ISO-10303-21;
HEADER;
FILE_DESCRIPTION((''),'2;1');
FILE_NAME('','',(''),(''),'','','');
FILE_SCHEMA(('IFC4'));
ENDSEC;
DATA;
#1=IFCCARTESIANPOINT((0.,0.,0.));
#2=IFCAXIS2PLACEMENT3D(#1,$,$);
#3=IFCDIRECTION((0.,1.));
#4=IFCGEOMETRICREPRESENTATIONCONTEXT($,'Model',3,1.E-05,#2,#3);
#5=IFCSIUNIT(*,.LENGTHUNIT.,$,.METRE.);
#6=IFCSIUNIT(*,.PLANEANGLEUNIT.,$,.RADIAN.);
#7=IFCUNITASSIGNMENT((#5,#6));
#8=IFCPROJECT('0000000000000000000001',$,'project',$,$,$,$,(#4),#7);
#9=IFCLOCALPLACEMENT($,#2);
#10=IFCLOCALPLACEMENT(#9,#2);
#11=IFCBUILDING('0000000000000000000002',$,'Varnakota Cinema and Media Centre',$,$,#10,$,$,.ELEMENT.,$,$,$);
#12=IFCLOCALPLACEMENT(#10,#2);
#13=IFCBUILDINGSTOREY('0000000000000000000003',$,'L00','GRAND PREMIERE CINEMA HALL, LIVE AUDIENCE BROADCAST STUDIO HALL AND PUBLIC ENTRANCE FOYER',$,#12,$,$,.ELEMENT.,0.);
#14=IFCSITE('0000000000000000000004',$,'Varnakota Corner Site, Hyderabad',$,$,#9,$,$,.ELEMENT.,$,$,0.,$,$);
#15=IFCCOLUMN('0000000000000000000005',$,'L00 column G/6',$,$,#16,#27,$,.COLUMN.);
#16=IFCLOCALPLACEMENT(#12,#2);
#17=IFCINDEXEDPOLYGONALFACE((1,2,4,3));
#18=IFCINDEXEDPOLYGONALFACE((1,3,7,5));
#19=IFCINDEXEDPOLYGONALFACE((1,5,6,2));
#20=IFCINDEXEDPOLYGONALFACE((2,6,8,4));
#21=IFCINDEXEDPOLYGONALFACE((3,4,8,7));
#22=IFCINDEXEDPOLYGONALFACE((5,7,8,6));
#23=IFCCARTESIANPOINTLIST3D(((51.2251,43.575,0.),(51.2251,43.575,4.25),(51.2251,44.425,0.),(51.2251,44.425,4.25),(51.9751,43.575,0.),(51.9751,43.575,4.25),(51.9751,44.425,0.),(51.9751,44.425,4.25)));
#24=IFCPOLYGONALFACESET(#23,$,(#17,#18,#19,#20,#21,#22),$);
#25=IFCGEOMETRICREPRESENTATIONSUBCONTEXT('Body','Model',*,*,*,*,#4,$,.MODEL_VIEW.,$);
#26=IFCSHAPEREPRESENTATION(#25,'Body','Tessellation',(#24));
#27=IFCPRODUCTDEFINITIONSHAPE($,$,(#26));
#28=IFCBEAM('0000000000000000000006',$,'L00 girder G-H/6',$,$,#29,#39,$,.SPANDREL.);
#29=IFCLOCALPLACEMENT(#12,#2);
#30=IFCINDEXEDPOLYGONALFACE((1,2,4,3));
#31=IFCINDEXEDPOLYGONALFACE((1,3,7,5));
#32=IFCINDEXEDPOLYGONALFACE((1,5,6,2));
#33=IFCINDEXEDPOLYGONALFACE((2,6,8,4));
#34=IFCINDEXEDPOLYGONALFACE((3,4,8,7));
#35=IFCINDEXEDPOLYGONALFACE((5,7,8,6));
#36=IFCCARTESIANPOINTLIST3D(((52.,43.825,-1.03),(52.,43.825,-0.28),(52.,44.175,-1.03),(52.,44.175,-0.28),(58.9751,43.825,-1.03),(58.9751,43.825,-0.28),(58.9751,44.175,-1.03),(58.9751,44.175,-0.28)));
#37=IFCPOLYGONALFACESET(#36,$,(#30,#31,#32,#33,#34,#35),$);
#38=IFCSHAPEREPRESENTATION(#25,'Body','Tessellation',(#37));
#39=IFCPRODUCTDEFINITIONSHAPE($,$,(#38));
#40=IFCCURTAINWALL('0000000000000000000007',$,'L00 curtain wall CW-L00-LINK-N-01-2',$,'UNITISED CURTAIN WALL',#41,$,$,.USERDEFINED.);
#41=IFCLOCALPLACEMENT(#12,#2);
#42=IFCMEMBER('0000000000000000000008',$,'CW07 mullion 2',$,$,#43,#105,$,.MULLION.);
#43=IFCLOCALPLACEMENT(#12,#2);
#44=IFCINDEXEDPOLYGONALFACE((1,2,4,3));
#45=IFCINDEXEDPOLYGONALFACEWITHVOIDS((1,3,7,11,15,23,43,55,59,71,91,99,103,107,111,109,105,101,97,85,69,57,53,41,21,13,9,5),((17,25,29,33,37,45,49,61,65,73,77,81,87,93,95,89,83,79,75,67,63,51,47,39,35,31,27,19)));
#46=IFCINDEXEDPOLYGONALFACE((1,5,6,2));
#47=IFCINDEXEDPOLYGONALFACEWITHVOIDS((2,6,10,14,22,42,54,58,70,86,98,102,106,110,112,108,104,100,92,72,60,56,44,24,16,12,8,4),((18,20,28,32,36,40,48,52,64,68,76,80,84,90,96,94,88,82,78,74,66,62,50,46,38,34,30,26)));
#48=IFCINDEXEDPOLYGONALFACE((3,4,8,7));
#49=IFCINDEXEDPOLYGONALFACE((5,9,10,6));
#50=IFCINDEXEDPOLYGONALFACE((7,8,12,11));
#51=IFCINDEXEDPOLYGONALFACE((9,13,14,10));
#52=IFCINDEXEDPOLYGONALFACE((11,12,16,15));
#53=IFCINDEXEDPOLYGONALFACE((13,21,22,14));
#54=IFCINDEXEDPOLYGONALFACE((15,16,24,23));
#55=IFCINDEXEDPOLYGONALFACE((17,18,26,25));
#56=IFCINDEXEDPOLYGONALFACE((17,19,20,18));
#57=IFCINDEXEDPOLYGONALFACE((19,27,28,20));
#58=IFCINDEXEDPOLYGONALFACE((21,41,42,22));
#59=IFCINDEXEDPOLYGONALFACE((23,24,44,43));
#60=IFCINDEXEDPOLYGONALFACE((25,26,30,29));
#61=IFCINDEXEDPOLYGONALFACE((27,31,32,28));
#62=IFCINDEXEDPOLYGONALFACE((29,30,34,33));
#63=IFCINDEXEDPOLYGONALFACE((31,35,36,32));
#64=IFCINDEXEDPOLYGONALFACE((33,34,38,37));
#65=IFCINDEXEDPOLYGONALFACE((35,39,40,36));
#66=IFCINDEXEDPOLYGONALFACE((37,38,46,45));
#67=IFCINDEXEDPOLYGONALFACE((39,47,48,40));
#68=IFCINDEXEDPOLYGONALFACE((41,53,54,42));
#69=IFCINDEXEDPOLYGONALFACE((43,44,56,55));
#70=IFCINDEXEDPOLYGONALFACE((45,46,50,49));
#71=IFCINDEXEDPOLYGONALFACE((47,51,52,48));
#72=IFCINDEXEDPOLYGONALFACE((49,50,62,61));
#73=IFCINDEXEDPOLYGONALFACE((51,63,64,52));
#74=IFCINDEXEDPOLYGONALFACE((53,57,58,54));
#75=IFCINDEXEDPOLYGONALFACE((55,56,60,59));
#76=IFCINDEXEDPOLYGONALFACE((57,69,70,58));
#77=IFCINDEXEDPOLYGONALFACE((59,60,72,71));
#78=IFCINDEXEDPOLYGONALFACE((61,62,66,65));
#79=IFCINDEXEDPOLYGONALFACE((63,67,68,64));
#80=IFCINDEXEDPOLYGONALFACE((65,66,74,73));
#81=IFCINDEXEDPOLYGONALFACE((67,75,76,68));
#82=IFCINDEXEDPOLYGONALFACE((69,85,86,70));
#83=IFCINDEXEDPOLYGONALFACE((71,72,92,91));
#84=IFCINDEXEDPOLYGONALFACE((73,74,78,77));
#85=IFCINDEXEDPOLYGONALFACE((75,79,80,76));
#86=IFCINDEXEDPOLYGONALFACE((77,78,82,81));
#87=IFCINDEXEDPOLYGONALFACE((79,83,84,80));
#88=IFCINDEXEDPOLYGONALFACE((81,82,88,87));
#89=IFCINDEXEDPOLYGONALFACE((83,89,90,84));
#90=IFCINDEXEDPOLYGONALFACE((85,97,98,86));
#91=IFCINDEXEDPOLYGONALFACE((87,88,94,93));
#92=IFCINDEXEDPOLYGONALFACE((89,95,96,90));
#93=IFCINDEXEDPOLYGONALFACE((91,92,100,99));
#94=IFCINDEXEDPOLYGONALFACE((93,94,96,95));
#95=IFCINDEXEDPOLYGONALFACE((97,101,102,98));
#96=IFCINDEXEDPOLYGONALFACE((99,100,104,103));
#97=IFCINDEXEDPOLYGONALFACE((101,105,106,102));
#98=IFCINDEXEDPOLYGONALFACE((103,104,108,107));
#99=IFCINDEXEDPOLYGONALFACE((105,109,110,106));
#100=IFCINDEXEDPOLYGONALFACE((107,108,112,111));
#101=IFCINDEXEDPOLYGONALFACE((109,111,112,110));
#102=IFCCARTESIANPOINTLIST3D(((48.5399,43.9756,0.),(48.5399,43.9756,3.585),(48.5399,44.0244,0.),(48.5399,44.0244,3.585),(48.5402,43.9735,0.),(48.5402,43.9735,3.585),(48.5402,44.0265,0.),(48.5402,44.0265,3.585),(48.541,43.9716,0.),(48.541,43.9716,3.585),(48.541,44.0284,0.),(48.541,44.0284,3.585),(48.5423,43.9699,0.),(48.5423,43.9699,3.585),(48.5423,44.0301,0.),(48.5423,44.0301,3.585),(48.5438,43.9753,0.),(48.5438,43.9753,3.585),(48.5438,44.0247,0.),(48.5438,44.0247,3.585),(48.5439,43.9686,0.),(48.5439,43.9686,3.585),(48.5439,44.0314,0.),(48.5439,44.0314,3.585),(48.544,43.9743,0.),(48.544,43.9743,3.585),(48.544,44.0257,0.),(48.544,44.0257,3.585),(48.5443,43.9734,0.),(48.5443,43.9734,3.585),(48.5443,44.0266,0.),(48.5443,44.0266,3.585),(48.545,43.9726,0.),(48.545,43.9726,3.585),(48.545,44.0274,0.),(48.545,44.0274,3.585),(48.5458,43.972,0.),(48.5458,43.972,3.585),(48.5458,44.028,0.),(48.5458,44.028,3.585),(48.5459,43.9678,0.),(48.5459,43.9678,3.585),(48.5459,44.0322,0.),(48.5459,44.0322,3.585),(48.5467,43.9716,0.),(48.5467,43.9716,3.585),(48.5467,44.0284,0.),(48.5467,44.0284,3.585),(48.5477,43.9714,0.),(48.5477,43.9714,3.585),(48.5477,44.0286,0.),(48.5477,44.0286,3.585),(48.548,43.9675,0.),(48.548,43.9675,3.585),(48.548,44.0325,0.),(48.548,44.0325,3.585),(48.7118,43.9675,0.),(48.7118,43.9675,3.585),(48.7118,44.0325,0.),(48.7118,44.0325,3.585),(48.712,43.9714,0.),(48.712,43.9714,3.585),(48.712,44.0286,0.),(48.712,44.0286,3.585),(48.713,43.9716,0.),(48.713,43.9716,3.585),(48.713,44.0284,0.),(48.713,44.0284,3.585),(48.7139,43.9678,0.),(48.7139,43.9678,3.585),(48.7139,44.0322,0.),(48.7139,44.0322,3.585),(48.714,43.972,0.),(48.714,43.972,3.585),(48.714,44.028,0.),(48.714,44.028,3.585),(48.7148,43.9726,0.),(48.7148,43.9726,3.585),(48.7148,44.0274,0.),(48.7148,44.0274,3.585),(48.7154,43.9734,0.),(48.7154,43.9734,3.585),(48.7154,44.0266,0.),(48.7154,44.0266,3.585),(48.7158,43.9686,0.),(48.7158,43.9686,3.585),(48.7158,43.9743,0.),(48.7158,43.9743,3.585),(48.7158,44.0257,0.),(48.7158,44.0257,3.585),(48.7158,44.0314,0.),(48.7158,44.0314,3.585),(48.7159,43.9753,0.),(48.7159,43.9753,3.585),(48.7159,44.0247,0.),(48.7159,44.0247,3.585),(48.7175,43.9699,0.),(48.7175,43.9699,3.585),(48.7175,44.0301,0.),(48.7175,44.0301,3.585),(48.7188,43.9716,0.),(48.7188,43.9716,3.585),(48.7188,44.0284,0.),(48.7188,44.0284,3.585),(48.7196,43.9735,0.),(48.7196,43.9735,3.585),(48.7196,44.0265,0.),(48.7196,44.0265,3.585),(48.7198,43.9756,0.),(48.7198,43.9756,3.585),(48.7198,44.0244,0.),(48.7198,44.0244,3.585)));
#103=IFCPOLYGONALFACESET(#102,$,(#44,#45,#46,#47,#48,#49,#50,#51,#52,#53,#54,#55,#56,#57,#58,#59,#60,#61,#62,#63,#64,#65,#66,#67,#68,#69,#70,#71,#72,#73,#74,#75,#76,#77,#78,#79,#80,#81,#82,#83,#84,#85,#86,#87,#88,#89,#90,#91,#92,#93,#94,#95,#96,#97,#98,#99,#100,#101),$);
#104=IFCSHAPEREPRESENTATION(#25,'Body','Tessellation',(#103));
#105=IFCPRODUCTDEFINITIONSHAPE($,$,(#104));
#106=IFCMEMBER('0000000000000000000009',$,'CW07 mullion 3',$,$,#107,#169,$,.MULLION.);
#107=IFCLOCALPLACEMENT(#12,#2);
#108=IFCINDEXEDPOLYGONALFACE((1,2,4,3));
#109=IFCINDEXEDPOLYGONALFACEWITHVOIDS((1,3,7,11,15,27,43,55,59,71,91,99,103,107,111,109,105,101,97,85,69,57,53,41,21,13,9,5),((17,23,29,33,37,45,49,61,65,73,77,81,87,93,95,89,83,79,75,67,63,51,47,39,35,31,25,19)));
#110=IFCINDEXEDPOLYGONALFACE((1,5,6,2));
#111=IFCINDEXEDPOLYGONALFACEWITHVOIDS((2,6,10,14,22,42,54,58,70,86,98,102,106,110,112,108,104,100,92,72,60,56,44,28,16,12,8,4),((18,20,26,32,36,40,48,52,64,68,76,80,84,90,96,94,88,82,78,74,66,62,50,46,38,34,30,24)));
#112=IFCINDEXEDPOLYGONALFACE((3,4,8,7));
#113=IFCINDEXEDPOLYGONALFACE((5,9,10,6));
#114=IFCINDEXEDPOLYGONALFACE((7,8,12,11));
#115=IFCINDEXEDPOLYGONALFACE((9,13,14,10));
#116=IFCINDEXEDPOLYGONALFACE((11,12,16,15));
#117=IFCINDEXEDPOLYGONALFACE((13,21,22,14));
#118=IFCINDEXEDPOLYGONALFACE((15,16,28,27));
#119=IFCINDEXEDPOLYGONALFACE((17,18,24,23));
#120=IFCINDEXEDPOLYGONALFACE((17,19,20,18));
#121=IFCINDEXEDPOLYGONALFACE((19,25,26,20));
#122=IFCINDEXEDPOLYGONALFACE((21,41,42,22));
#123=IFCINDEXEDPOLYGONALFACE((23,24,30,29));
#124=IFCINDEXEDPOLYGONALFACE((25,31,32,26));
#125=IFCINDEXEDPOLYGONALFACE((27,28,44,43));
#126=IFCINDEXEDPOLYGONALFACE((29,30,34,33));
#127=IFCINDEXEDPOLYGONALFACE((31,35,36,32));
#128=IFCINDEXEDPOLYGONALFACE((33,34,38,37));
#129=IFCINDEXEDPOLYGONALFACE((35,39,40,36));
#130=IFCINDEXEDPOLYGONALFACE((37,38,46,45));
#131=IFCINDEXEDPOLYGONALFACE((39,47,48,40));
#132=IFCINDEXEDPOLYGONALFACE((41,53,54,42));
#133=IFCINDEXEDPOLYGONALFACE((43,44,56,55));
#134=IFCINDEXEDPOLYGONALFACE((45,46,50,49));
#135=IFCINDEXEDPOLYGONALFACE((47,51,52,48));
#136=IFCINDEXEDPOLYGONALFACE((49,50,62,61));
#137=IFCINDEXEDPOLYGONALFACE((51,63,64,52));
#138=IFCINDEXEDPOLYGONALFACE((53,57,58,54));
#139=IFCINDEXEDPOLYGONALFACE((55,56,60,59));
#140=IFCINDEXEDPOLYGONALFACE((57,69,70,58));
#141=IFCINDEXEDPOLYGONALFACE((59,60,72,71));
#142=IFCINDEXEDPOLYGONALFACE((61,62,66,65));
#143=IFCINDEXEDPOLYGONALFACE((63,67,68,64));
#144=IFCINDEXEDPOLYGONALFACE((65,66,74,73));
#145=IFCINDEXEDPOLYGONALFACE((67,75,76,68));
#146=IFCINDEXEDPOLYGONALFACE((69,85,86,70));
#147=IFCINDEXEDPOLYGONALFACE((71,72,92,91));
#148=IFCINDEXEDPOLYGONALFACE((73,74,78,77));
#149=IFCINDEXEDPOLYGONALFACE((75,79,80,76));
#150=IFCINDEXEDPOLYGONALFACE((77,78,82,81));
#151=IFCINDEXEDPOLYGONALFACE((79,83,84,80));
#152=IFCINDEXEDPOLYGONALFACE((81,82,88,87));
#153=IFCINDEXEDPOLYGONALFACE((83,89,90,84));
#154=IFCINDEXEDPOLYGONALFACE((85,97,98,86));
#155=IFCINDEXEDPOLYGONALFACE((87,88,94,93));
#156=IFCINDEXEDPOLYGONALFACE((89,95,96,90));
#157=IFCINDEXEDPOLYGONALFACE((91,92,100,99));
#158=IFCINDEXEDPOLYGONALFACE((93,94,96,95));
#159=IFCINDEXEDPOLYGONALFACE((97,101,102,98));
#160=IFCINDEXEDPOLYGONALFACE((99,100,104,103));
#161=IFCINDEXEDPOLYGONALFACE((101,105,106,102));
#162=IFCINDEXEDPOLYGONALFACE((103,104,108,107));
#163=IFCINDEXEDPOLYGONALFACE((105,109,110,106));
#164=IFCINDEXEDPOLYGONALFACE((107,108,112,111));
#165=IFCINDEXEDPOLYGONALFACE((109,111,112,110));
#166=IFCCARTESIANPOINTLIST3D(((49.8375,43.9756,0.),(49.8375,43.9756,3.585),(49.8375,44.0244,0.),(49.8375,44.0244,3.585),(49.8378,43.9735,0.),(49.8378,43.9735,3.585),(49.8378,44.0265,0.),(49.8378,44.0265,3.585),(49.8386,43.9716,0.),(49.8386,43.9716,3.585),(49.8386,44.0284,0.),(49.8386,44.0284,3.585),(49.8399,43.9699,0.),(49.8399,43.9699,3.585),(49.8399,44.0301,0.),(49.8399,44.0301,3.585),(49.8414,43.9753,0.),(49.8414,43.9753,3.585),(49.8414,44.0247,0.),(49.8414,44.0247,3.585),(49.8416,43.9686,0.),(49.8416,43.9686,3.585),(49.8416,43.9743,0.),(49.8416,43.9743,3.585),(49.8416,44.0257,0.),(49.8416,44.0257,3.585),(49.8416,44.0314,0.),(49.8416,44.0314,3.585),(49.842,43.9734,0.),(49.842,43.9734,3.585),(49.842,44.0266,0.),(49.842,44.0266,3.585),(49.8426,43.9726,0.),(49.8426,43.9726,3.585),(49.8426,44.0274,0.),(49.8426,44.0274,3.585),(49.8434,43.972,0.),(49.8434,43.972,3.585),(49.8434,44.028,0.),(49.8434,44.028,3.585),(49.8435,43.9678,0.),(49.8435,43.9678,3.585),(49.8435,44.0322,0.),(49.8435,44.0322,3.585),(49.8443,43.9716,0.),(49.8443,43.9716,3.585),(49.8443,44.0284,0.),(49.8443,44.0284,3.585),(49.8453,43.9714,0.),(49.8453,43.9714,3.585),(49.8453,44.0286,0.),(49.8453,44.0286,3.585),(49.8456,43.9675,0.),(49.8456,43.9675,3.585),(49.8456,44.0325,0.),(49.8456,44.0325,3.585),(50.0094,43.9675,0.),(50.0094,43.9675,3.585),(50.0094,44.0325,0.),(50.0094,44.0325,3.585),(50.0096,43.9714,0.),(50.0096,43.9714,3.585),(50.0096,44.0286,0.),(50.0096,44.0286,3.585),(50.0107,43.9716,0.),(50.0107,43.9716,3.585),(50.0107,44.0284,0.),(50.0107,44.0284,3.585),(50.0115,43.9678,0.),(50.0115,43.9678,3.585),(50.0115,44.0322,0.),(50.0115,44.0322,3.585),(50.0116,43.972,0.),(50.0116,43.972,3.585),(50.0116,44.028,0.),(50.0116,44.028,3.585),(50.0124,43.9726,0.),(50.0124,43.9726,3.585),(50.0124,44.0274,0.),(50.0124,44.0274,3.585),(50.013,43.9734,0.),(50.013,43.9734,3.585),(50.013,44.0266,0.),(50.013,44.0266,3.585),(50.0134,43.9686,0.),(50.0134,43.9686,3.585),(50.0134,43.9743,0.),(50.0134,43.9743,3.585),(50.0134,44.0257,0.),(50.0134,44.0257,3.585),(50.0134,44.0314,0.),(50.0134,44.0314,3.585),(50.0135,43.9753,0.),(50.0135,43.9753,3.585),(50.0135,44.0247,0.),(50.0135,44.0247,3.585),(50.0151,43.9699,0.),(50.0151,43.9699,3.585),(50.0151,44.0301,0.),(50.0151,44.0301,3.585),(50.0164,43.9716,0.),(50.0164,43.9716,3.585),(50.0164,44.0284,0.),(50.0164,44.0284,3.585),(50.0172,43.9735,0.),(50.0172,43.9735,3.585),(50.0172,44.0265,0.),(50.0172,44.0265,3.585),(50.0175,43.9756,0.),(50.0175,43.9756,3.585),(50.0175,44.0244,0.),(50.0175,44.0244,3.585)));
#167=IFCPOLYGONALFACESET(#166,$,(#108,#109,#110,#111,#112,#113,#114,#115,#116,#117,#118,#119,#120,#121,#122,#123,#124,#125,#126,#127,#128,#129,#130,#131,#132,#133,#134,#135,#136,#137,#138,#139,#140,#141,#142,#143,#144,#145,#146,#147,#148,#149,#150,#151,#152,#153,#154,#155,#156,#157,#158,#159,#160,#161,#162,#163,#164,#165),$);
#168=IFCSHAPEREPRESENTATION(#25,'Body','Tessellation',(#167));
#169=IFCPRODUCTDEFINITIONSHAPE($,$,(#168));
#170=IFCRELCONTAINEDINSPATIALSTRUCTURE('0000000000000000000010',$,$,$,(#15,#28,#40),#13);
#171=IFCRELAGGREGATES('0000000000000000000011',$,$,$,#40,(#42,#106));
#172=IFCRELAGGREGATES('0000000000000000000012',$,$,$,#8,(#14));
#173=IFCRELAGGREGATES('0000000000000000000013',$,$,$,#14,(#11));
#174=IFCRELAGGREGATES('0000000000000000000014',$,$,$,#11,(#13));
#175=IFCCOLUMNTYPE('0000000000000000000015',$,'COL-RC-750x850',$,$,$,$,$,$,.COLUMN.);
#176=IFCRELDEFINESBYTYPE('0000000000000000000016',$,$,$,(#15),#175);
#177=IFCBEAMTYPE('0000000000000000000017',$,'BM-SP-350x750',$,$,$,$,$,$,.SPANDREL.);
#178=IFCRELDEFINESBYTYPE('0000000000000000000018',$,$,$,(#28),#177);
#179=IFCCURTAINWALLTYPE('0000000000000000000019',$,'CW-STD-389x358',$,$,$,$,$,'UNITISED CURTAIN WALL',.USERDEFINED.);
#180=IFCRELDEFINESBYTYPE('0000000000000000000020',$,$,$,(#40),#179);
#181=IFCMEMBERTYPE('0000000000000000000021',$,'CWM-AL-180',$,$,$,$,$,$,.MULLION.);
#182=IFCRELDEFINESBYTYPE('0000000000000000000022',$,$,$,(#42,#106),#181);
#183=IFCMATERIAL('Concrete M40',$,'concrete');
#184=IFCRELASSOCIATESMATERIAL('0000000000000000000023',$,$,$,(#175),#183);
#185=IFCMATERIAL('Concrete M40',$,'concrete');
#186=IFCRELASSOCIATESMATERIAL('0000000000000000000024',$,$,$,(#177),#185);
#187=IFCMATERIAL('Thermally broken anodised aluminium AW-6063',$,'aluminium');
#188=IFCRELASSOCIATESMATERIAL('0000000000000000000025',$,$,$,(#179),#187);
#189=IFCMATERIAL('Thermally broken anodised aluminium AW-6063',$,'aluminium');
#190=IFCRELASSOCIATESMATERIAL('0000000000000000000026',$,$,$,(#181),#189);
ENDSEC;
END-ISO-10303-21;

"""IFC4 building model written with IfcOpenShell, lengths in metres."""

from ifc_helpers import new_model, si_unit, direction, frame, origin, origin_2d, place, context, subcontext, project, spatial, rectangle, hollow_rectangle, extrude, material, material_profile, profile_set, type_object, element, aggregate, save


model = new_model("IFC4")

# Units and contexts
model_context = context("Model", 3, precision=1e-05, world=origin(), true_north=direction((0.0, 1.0)))
body_context = subcontext(model_context, "Body", "Model", "MODEL_VIEW")
ifc_project = project(units=[si_unit("LENGTHUNIT", "METRE"), si_unit("PLANEANGLEUNIT", "RADIAN")], contexts=[model_context])

# Site, building, storey
site_placement = place(None, origin())
site = spatial("IfcSite", under=ifc_project, at=site_placement, Name="Varnakota Corner Site, Hyderabad", CompositionType="ELEMENT", RefElevation=0.0)
building_placement = place(site_placement, origin())
building = spatial("IfcBuilding", under=site, at=building_placement, Name="Varnakota Cinema and Media Centre", CompositionType="ELEMENT")
storey_placement = place(building_placement, origin())
storey = spatial("IfcBuildingStorey", under=building, at=storey_placement, Name="L00", Description="GRAND PREMIERE CINEMA HALL, LIVE AUDIENCE BROADCAST STUDIO HALL AND PUBLIC ENTRANCE FOYER", CompositionType="ELEMENT", Elevation=0.0)

# Column
ifc_material_1 = material(Name="Concrete M40", Category="concrete")
ifc_material_profile_1 = material_profile(ifc_material_1, rectangle(XDim=0.75, YDim=0.8501, at=origin_2d()), Name="RC 750x850")
ifc_profile_set_1 = profile_set([ifc_material_profile_1], Name="Concrete M40")
column_type = type_object("IfcColumnType", Name="COL-RC-750x850", PredefinedType="COLUMN", material=ifc_profile_set_1)
column_placement = place(storey_placement, frame((51.6001, 44.0, 0.0), z_axis=(0.0, 0.0, 1.0), x_axis=(1.0, 0.0, 0.0)))
element("IfcColumn", 1, at=column_placement, inside=storey, type_object=column_type, Name="L00 column G/6", PredefinedType="COLUMN", context=body_context, shape_type="SweptSolid", body=[
    extrude(rectangle(XDim=0.75, YDim=0.8501, at=origin_2d()), origin(), (0.0, 0.0, 1.0), 4.25),
])

# Beam
ifc_material_2 = material(Name="Concrete M40", Category="concrete")
ifc_material_profile_2 = material_profile(ifc_material_2, rectangle(XDim=0.3501, YDim=0.75, at=origin_2d()), Name="RCB 350x750")
ifc_profile_set_2 = profile_set([ifc_material_profile_2], Name="Concrete M40")
beam_type = type_object("IfcBeamType", Name="BM-SP-350x750", PredefinedType="SPANDREL", material=ifc_profile_set_2)
beam_placement = place(storey_placement, frame((52.0, 44.0, -0.655), z_axis=(1.0, 0.0, 0.0), x_axis=(0.0, 1.0, 0.0)))
element("IfcBeam", 2, at=beam_placement, inside=storey, type_object=beam_type, Name="L00 girder G-H/6", PredefinedType="SPANDREL", context=body_context, shape_type="SweptSolid", body=[
    extrude(rectangle(XDim=0.3501, YDim=0.75, at=origin_2d()), origin(), (0.0, 0.0, 1.0), 6.9751),
])

# Curtain wall, members
ifc_material_3 = material(Name="Thermally broken anodised aluminium AW-6063", Category="aluminium")
curtain_wall_type_1 = type_object("IfcCurtainWallType", Name="CW-STD-389x358", ElementType="UNITISED CURTAIN WALL", PredefinedType="USERDEFINED", material=ifc_material_3)
curtain_wall_1_placement = place(storey_placement, origin())
curtain_wall_1 = element("IfcCurtainWall", 3, at=curtain_wall_1_placement, inside=storey, type_object=curtain_wall_type_1, Name="L00 curtain wall CW-L00-LINK-N-01-2", ObjectType="UNITISED CURTAIN WALL", PredefinedType="USERDEFINED")
ifc_material_4 = material(Name="Thermally broken anodised aluminium AW-6063", Category="aluminium")
ifc_material_profile_3 = material_profile(ifc_material_4, hollow_rectangle(XDim=0.0649, YDim=0.1799, WallThickness=0.0039, InnerFilletRadius=0.0039, OuterFilletRadius=0.0081, at=origin_2d()), Name="AL-MULLION 180x65x4")
ifc_profile_set_3 = profile_set([ifc_material_profile_3], Name="Thermally broken anodised aluminium AW-6063")
member_type_1 = type_object("IfcMemberType", Name="CWM-AL-180", PredefinedType="MULLION", material=ifc_profile_set_3)
member_1_placement = place(storey_placement, frame((48.6299, 44.0, 0.0), z_axis=(0.0, 0.0, 1.0), x_axis=(0.0, 1.0, 0.0)))
member_1 = element("IfcMember", 4, at=member_1_placement, type_object=member_type_1, Name="CW07 mullion 2", PredefinedType="MULLION", context=body_context, shape_type="SweptSolid", body=[
    extrude(hollow_rectangle(XDim=0.0649, YDim=0.1799, WallThickness=0.0039, InnerFilletRadius=0.0039, OuterFilletRadius=0.0081, at=origin_2d()), origin(), (0.0, 0.0, 1.0), 3.585),
])
member_2_placement = place(storey_placement, frame((49.9275, 44.0, 0.0), z_axis=(0.0, 0.0, 1.0), x_axis=(0.0, 1.0, 0.0)))
member_2 = element("IfcMember", 5, at=member_2_placement, type_object=member_type_1, Name="CW07 mullion 3", PredefinedType="MULLION", context=body_context, shape_type="SweptSolid", body=[
    extrude(hollow_rectangle(XDim=0.0649, YDim=0.1799, WallThickness=0.0039, InnerFilletRadius=0.0039, OuterFilletRadius=0.0081, at=origin_2d()), origin(), (0.0, 0.0, 1.0), 3.585),
])

aggregate(curtain_wall_1, [member_1, member_2])

save(model, "model.ifc")
